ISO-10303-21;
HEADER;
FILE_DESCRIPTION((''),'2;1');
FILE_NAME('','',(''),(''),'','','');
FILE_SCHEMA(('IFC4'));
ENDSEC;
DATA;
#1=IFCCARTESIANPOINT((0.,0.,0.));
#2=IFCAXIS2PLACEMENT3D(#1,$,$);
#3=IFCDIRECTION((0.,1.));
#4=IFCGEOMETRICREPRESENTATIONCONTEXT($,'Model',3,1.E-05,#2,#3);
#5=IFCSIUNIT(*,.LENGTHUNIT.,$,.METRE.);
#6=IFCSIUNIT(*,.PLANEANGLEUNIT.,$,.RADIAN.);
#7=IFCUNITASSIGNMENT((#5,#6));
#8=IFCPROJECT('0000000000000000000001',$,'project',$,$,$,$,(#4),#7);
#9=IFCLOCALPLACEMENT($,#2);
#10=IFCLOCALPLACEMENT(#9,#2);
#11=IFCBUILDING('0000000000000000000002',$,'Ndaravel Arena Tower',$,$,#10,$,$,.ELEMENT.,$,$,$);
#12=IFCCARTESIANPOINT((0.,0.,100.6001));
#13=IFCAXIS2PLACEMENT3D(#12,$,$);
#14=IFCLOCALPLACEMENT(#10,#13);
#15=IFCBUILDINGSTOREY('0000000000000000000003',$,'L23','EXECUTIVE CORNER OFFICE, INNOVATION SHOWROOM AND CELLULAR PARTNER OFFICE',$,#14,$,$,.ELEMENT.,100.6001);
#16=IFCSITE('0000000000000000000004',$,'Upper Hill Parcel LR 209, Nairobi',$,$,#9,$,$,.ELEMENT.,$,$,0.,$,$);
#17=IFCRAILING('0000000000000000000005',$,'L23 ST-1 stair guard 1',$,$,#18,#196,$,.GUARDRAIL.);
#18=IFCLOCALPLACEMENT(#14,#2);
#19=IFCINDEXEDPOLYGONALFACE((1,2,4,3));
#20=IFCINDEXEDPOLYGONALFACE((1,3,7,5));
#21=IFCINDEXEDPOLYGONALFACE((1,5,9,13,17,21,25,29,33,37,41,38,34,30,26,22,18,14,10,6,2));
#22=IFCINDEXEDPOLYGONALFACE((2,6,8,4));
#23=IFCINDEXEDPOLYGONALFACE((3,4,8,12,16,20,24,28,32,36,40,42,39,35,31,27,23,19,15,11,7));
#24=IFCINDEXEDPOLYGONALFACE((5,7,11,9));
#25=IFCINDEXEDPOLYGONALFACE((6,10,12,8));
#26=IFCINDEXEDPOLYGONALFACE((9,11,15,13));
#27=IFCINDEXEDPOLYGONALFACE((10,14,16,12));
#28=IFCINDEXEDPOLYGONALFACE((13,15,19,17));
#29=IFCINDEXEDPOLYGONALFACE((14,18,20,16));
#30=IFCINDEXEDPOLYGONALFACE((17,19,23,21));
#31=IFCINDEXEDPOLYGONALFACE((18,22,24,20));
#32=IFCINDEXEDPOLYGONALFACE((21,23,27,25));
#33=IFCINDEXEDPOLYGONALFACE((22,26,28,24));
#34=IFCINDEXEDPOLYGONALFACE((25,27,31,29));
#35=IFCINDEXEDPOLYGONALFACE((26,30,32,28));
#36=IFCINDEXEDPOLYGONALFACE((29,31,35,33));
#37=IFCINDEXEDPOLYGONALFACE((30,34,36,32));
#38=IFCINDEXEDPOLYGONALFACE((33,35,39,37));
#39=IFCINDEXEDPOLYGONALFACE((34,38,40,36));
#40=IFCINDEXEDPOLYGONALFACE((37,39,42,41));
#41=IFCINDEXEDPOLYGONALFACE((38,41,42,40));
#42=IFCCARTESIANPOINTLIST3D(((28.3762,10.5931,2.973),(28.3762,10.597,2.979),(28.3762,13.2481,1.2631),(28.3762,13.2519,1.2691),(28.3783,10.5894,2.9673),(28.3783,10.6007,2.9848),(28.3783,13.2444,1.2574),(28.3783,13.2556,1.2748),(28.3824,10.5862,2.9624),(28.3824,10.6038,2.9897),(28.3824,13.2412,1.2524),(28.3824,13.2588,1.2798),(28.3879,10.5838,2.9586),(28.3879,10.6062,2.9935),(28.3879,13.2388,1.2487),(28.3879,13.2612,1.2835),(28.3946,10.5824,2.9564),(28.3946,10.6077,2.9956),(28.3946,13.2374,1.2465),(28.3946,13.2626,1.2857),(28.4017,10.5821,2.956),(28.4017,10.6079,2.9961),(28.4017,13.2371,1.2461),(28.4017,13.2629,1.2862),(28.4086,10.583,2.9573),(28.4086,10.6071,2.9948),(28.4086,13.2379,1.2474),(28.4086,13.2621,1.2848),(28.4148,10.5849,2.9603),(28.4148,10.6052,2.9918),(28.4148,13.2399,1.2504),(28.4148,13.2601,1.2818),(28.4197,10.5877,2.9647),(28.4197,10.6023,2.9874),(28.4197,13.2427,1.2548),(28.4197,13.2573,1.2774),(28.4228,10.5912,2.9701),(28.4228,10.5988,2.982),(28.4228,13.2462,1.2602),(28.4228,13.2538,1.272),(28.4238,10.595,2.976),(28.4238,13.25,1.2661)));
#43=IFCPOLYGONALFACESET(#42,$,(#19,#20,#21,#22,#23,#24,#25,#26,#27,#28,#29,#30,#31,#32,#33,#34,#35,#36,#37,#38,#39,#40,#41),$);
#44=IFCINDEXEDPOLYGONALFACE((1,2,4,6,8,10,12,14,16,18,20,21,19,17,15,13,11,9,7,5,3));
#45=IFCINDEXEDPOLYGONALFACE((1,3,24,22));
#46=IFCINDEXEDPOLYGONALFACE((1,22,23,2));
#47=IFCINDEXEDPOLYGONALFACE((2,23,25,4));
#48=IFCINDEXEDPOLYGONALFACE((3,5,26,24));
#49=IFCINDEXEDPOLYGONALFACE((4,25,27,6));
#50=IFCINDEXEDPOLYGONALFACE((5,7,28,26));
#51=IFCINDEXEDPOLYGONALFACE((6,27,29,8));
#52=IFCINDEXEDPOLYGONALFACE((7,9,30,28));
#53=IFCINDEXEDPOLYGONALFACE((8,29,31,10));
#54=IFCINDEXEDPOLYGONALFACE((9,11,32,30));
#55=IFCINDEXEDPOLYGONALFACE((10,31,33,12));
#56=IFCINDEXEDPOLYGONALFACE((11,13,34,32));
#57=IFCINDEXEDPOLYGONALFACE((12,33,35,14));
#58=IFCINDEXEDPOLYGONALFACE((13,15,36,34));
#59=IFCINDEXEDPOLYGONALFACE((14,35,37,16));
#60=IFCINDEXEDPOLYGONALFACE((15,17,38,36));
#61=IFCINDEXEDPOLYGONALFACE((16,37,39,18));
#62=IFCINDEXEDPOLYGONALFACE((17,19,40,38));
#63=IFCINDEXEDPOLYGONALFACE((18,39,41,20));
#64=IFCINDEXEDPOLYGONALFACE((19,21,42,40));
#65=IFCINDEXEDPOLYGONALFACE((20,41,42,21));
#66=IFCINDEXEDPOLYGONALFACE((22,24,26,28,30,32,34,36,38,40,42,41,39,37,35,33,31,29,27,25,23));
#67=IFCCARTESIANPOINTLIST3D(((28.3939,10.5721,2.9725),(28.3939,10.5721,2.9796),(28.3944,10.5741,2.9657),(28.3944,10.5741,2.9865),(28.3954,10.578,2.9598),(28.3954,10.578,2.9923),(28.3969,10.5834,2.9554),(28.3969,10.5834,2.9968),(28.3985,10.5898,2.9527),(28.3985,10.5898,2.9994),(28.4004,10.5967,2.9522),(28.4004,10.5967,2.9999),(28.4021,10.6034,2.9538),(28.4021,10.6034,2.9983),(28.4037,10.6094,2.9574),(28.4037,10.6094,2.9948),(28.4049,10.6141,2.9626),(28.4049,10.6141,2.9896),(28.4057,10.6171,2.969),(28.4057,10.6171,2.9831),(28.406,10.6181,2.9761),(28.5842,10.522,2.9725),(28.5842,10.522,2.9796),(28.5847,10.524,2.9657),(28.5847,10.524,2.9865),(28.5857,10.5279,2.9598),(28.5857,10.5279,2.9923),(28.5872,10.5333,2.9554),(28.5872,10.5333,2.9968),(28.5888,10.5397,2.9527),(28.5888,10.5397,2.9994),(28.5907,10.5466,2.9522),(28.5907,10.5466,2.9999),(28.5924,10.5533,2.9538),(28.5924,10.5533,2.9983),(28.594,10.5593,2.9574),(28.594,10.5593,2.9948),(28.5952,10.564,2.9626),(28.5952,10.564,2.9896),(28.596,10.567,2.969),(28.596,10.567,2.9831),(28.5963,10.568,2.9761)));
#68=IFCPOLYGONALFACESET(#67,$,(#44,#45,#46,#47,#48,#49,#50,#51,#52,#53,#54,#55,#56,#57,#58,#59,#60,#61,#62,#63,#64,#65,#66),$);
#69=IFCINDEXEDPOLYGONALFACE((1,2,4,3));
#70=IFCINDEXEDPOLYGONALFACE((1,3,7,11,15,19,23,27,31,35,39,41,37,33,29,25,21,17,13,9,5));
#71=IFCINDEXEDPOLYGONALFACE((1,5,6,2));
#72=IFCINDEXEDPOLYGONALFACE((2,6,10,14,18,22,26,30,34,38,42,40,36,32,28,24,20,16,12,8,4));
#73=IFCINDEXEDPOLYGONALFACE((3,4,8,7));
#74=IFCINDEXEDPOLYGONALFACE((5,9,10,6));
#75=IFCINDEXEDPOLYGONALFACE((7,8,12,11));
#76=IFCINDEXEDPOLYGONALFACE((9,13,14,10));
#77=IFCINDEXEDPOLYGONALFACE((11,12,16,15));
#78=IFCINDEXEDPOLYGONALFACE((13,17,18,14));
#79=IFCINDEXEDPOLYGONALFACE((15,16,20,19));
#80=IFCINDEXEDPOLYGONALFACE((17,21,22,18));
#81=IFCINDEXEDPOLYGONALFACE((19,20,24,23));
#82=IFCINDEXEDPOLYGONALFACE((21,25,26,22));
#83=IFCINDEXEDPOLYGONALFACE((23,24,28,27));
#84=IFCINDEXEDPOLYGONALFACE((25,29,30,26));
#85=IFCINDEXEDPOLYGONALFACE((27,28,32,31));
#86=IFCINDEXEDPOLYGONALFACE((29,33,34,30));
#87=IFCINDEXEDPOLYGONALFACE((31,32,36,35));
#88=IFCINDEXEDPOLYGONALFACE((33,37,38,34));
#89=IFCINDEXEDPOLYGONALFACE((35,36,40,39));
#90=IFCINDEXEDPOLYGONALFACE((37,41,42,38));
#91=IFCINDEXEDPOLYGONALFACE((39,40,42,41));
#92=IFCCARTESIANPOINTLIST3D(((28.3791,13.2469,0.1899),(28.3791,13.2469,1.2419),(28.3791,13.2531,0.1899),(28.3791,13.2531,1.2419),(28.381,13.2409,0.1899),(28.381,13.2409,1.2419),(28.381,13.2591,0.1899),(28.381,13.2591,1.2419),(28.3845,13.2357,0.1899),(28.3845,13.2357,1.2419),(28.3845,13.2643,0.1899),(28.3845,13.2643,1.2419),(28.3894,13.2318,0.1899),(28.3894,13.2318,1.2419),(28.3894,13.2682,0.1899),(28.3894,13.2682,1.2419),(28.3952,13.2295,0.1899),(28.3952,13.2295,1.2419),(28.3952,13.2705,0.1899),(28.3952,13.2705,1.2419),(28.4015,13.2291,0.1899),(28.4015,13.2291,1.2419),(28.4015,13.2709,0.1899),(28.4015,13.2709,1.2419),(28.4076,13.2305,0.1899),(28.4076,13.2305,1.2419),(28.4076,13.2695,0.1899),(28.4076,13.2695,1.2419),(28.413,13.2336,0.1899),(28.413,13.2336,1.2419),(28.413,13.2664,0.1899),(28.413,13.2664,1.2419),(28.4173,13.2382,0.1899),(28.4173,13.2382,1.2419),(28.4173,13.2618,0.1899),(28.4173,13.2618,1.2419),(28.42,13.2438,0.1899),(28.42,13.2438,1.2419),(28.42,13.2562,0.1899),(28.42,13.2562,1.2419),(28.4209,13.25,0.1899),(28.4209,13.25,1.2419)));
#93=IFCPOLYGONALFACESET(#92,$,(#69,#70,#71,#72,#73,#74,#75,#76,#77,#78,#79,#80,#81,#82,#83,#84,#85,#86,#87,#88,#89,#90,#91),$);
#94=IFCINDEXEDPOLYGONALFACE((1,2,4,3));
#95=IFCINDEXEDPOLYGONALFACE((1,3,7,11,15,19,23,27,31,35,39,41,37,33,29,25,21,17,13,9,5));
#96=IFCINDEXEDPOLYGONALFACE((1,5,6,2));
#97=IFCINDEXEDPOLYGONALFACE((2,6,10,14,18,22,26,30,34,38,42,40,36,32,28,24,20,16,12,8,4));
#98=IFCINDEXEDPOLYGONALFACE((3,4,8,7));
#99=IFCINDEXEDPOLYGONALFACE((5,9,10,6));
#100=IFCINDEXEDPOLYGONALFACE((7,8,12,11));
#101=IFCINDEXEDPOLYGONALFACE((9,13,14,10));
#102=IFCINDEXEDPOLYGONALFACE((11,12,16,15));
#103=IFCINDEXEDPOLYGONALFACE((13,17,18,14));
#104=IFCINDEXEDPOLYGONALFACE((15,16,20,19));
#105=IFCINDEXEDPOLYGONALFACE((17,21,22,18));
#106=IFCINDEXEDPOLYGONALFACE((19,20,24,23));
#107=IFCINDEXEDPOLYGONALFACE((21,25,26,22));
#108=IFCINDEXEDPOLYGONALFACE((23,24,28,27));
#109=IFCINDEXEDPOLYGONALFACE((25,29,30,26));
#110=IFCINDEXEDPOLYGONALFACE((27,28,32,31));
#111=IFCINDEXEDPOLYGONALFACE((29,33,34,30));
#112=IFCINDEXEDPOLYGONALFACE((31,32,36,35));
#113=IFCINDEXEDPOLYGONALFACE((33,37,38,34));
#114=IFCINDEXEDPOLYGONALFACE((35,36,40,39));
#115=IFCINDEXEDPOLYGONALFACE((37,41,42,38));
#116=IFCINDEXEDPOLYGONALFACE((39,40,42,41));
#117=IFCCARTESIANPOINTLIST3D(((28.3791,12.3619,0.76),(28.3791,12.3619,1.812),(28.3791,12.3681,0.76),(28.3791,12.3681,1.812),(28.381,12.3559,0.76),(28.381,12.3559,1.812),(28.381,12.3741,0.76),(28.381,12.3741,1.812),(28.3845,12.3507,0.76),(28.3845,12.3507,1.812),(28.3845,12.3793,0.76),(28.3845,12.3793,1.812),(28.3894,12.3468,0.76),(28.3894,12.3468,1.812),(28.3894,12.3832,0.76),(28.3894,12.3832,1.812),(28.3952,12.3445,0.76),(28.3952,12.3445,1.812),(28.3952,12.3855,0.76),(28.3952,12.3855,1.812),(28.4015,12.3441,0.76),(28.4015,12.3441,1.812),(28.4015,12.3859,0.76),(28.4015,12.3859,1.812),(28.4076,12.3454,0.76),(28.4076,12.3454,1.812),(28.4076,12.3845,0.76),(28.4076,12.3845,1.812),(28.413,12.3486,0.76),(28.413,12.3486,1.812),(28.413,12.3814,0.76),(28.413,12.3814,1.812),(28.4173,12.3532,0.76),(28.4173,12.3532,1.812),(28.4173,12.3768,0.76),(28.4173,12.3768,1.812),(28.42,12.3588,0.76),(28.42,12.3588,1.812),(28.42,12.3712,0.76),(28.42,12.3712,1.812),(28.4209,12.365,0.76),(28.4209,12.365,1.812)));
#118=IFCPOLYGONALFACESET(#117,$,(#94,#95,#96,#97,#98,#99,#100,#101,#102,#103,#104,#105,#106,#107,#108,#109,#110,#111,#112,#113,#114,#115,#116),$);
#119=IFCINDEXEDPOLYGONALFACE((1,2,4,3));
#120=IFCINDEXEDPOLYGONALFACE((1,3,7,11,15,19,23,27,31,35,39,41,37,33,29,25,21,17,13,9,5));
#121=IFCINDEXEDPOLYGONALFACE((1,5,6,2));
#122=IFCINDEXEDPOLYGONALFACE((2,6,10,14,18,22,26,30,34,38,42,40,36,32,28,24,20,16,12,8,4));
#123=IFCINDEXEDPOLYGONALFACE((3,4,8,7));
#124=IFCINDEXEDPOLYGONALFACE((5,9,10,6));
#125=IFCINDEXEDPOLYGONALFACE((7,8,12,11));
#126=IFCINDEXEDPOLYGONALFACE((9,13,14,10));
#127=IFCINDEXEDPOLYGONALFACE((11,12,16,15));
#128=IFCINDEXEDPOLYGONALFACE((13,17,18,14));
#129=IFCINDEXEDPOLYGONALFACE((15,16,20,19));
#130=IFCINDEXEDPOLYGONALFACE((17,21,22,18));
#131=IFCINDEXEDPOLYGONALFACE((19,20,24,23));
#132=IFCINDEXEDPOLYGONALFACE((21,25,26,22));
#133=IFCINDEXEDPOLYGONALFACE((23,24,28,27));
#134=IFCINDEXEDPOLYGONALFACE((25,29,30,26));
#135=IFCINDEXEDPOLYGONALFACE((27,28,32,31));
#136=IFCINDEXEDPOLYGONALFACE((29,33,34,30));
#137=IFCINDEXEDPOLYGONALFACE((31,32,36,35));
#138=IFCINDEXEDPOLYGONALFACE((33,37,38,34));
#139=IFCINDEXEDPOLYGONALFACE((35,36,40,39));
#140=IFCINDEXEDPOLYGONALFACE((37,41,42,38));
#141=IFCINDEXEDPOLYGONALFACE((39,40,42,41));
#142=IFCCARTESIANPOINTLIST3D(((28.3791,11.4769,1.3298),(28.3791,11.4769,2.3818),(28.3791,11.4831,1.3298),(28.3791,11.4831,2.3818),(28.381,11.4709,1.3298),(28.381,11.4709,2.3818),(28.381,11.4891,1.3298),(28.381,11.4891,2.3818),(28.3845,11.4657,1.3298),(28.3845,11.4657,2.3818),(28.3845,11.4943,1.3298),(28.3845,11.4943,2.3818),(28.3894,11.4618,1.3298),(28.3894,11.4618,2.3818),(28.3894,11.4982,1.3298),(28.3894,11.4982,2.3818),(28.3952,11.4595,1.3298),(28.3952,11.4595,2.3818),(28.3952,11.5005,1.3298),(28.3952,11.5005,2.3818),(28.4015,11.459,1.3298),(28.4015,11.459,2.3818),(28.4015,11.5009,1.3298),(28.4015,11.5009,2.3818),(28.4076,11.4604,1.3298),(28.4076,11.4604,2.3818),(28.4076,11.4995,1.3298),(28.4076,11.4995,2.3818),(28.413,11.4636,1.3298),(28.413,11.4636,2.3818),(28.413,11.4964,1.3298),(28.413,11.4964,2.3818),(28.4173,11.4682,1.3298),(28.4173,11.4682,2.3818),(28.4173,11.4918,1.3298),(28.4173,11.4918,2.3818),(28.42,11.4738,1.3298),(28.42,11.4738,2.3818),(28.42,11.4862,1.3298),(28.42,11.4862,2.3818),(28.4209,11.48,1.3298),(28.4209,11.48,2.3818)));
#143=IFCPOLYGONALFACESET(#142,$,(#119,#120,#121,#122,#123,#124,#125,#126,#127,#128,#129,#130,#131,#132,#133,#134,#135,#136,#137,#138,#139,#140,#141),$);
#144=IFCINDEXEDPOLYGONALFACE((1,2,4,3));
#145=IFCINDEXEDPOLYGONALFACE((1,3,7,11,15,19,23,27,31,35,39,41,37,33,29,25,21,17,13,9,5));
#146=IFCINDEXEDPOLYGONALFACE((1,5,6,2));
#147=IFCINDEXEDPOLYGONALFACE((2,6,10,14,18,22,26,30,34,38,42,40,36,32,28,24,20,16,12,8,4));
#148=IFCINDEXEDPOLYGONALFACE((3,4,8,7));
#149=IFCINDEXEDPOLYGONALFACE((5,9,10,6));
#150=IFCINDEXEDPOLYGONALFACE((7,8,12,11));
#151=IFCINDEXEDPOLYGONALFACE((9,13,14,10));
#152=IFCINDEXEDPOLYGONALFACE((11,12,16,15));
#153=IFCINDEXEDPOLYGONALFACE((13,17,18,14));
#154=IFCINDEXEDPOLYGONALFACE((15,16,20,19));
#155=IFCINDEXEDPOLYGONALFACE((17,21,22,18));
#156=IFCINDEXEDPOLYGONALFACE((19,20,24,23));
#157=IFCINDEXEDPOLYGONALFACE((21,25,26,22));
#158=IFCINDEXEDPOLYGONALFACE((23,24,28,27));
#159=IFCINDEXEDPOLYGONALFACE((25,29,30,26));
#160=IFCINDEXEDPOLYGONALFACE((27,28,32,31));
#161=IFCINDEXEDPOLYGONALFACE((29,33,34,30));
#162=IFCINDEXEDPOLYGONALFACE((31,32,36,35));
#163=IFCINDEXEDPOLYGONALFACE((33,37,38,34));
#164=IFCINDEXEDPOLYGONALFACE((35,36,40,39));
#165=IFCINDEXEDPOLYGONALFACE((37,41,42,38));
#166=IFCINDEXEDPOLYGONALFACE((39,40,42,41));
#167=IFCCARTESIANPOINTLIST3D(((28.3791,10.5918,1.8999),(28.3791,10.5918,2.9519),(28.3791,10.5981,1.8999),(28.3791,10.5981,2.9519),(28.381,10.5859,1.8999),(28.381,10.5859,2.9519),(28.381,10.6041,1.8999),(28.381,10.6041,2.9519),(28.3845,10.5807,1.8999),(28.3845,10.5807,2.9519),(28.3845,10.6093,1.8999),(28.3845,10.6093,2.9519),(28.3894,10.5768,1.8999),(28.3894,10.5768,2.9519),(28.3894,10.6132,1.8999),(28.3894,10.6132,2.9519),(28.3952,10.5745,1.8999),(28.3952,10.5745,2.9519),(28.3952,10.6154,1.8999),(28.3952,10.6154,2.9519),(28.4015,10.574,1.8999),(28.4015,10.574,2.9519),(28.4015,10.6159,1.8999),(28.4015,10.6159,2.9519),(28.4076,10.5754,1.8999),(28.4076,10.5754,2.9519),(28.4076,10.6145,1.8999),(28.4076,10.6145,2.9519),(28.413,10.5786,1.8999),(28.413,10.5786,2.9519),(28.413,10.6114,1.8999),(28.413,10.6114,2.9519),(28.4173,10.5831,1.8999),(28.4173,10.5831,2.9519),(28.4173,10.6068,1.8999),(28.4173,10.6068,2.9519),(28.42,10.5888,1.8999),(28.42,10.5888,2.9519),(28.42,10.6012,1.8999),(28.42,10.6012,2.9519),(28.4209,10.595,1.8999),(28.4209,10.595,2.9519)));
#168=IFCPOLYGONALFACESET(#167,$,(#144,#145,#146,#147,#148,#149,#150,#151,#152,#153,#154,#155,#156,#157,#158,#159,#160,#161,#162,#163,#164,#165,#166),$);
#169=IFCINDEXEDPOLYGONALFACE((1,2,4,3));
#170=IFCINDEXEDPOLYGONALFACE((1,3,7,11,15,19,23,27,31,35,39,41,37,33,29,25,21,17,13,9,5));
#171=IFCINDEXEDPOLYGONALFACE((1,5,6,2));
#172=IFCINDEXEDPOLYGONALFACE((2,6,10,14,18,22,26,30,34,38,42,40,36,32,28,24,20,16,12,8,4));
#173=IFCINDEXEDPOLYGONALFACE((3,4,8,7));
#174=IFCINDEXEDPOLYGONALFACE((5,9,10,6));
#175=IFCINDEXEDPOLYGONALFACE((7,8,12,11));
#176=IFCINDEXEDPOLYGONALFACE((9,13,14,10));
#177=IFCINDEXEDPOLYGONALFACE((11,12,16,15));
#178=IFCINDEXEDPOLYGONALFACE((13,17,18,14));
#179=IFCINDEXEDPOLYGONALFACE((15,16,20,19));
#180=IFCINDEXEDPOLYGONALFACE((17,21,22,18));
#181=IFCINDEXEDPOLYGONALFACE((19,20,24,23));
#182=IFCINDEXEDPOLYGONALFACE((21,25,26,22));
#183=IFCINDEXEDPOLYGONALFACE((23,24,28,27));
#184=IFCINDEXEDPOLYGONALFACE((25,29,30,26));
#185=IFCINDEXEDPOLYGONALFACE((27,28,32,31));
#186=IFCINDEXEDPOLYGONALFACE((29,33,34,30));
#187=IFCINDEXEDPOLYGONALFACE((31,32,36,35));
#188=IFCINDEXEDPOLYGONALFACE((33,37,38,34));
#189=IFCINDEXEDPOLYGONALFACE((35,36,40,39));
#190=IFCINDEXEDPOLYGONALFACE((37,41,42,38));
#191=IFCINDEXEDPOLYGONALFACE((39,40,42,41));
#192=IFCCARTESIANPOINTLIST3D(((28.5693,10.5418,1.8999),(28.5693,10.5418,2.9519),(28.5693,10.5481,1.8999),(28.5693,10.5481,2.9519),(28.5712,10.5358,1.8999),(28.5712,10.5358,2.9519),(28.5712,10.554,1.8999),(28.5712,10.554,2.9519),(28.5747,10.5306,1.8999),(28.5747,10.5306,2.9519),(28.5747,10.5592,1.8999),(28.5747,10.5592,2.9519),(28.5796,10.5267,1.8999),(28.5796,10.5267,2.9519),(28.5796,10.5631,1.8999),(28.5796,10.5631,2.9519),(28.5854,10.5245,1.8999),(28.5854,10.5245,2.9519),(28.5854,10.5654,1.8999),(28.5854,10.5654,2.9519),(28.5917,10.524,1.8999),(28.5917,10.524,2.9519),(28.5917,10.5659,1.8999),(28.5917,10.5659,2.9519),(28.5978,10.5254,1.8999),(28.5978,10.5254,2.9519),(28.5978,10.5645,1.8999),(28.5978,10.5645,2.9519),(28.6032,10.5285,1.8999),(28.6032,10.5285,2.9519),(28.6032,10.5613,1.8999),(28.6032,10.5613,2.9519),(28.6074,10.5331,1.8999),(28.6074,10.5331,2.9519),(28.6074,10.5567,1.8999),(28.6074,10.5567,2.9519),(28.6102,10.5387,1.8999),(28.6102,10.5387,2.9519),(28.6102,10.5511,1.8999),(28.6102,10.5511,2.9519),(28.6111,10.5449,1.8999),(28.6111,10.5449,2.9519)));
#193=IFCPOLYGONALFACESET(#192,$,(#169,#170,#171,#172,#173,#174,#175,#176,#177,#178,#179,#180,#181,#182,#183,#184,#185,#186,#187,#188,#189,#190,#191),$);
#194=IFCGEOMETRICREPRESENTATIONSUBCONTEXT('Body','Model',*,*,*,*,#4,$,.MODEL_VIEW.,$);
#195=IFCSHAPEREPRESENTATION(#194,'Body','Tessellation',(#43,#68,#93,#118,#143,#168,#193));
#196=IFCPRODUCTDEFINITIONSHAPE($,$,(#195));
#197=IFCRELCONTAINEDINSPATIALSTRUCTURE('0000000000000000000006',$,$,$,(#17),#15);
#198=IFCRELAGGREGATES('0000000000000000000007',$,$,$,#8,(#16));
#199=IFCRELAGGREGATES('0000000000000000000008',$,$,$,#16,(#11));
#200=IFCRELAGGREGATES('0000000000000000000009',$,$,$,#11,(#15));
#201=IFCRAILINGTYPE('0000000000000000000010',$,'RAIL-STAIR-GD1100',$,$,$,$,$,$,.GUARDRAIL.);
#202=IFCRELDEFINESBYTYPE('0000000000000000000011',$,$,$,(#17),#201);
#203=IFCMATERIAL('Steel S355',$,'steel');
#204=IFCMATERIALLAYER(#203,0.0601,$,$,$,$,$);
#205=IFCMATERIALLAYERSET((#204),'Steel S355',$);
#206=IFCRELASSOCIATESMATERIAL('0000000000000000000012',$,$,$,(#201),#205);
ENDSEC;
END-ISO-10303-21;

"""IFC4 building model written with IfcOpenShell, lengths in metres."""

from ifc_helpers import new_model, si_unit, direction, frame, origin, origin_2d, place, context, subcontext, project, spatial, circle, extrude, material, layer, layer_set, type_object, element, save


model = new_model("IFC4")

# Units and contexts
model_context = context("Model", 3, precision=1e-05, world=origin(), true_north=direction((0.0, 1.0)))
body_context = subcontext(model_context, "Body", "Model", "MODEL_VIEW")
ifc_project = project(units=[si_unit("LENGTHUNIT", "METRE"), si_unit("PLANEANGLEUNIT", "RADIAN")], contexts=[model_context])

# Site, building, storey
site_placement = place(None, origin())
site = spatial("IfcSite", under=ifc_project, at=site_placement, Name="Upper Hill Parcel LR 209, Nairobi", CompositionType="ELEMENT", RefElevation=0.0)
building_placement = place(site_placement, origin())
building = spatial("IfcBuilding", under=site, at=building_placement, Name="Ndaravel Arena Tower", CompositionType="ELEMENT")
storey_placement = place(building_placement, frame((0.0, 0.0, 100.6001)))
storey = spatial("IfcBuildingStorey", under=building, at=storey_placement, Name="L23", Description="EXECUTIVE CORNER OFFICE, INNOVATION SHOWROOM AND CELLULAR PARTNER OFFICE", CompositionType="ELEMENT", Elevation=100.6001)

# Railing
ifc_material_1 = material(Name="Steel S355", Category="steel")
ifc_layer_1 = layer(ifc_material_1, 0.0601)
ifc_layer_set_1 = layer_set([ifc_layer_1], Name="Steel S355")
railing_type_1 = type_object("IfcRailingType", Name="RAIL-STAIR-GD1100", PredefinedType="GUARDRAIL", material=ifc_layer_set_1)
railing_1_placement = place(storey_placement, frame((28.3999, 13.25, 0.1899)))
element("IfcRailing", 1, at=railing_1_placement, inside=storey, type_object=railing_type_1, Name="L23 ST-1 stair guard 1", PredefinedType="GUARDRAIL", context=body_context, shape_type="SweptSolid", body=[
    extrude(circle(Radius=0.0239, at=origin_2d()), frame((0.0, 0.0, 1.0762), z_axis=(0.0, -0.840724, 0.541465), x_axis=(1.0, 0.0, 0.0)), (0.0, 0.0, 1.0), 3.158),
    extrude(circle(Radius=0.0239, at=origin_2d()), frame((0.0, -2.655, 2.7861), z_axis=(0.967075, -0.254493, 0.0), x_axis=(0.254493, 0.967075, 0.0)), (0.0, 0.0, 1.0), 0.1968),
    extrude(circle(Radius=0.021, at=origin_2d()), origin(), (0.0, 0.0, 1.0), 1.052),
    extrude(circle(Radius=0.021, at=origin_2d()), frame((0.0, -0.885, 0.5701)), (0.0, 0.0, 1.0), 1.052),
    extrude(circle(Radius=0.021, at=origin_2d()), frame((0.0, -1.77, 1.1399)), (0.0, 0.0, 1.0), 1.052),
    extrude(circle(Radius=0.021, at=origin_2d()), frame((0.0, -2.655, 1.71)), (0.0, 0.0, 1.0), 1.052),
    extrude(circle(Radius=0.021, at=origin_2d()), frame((0.1902, -2.7051, 1.71)), (0.0, 0.0, 1.0), 1.052),
])

save(model, "model.ifc")
